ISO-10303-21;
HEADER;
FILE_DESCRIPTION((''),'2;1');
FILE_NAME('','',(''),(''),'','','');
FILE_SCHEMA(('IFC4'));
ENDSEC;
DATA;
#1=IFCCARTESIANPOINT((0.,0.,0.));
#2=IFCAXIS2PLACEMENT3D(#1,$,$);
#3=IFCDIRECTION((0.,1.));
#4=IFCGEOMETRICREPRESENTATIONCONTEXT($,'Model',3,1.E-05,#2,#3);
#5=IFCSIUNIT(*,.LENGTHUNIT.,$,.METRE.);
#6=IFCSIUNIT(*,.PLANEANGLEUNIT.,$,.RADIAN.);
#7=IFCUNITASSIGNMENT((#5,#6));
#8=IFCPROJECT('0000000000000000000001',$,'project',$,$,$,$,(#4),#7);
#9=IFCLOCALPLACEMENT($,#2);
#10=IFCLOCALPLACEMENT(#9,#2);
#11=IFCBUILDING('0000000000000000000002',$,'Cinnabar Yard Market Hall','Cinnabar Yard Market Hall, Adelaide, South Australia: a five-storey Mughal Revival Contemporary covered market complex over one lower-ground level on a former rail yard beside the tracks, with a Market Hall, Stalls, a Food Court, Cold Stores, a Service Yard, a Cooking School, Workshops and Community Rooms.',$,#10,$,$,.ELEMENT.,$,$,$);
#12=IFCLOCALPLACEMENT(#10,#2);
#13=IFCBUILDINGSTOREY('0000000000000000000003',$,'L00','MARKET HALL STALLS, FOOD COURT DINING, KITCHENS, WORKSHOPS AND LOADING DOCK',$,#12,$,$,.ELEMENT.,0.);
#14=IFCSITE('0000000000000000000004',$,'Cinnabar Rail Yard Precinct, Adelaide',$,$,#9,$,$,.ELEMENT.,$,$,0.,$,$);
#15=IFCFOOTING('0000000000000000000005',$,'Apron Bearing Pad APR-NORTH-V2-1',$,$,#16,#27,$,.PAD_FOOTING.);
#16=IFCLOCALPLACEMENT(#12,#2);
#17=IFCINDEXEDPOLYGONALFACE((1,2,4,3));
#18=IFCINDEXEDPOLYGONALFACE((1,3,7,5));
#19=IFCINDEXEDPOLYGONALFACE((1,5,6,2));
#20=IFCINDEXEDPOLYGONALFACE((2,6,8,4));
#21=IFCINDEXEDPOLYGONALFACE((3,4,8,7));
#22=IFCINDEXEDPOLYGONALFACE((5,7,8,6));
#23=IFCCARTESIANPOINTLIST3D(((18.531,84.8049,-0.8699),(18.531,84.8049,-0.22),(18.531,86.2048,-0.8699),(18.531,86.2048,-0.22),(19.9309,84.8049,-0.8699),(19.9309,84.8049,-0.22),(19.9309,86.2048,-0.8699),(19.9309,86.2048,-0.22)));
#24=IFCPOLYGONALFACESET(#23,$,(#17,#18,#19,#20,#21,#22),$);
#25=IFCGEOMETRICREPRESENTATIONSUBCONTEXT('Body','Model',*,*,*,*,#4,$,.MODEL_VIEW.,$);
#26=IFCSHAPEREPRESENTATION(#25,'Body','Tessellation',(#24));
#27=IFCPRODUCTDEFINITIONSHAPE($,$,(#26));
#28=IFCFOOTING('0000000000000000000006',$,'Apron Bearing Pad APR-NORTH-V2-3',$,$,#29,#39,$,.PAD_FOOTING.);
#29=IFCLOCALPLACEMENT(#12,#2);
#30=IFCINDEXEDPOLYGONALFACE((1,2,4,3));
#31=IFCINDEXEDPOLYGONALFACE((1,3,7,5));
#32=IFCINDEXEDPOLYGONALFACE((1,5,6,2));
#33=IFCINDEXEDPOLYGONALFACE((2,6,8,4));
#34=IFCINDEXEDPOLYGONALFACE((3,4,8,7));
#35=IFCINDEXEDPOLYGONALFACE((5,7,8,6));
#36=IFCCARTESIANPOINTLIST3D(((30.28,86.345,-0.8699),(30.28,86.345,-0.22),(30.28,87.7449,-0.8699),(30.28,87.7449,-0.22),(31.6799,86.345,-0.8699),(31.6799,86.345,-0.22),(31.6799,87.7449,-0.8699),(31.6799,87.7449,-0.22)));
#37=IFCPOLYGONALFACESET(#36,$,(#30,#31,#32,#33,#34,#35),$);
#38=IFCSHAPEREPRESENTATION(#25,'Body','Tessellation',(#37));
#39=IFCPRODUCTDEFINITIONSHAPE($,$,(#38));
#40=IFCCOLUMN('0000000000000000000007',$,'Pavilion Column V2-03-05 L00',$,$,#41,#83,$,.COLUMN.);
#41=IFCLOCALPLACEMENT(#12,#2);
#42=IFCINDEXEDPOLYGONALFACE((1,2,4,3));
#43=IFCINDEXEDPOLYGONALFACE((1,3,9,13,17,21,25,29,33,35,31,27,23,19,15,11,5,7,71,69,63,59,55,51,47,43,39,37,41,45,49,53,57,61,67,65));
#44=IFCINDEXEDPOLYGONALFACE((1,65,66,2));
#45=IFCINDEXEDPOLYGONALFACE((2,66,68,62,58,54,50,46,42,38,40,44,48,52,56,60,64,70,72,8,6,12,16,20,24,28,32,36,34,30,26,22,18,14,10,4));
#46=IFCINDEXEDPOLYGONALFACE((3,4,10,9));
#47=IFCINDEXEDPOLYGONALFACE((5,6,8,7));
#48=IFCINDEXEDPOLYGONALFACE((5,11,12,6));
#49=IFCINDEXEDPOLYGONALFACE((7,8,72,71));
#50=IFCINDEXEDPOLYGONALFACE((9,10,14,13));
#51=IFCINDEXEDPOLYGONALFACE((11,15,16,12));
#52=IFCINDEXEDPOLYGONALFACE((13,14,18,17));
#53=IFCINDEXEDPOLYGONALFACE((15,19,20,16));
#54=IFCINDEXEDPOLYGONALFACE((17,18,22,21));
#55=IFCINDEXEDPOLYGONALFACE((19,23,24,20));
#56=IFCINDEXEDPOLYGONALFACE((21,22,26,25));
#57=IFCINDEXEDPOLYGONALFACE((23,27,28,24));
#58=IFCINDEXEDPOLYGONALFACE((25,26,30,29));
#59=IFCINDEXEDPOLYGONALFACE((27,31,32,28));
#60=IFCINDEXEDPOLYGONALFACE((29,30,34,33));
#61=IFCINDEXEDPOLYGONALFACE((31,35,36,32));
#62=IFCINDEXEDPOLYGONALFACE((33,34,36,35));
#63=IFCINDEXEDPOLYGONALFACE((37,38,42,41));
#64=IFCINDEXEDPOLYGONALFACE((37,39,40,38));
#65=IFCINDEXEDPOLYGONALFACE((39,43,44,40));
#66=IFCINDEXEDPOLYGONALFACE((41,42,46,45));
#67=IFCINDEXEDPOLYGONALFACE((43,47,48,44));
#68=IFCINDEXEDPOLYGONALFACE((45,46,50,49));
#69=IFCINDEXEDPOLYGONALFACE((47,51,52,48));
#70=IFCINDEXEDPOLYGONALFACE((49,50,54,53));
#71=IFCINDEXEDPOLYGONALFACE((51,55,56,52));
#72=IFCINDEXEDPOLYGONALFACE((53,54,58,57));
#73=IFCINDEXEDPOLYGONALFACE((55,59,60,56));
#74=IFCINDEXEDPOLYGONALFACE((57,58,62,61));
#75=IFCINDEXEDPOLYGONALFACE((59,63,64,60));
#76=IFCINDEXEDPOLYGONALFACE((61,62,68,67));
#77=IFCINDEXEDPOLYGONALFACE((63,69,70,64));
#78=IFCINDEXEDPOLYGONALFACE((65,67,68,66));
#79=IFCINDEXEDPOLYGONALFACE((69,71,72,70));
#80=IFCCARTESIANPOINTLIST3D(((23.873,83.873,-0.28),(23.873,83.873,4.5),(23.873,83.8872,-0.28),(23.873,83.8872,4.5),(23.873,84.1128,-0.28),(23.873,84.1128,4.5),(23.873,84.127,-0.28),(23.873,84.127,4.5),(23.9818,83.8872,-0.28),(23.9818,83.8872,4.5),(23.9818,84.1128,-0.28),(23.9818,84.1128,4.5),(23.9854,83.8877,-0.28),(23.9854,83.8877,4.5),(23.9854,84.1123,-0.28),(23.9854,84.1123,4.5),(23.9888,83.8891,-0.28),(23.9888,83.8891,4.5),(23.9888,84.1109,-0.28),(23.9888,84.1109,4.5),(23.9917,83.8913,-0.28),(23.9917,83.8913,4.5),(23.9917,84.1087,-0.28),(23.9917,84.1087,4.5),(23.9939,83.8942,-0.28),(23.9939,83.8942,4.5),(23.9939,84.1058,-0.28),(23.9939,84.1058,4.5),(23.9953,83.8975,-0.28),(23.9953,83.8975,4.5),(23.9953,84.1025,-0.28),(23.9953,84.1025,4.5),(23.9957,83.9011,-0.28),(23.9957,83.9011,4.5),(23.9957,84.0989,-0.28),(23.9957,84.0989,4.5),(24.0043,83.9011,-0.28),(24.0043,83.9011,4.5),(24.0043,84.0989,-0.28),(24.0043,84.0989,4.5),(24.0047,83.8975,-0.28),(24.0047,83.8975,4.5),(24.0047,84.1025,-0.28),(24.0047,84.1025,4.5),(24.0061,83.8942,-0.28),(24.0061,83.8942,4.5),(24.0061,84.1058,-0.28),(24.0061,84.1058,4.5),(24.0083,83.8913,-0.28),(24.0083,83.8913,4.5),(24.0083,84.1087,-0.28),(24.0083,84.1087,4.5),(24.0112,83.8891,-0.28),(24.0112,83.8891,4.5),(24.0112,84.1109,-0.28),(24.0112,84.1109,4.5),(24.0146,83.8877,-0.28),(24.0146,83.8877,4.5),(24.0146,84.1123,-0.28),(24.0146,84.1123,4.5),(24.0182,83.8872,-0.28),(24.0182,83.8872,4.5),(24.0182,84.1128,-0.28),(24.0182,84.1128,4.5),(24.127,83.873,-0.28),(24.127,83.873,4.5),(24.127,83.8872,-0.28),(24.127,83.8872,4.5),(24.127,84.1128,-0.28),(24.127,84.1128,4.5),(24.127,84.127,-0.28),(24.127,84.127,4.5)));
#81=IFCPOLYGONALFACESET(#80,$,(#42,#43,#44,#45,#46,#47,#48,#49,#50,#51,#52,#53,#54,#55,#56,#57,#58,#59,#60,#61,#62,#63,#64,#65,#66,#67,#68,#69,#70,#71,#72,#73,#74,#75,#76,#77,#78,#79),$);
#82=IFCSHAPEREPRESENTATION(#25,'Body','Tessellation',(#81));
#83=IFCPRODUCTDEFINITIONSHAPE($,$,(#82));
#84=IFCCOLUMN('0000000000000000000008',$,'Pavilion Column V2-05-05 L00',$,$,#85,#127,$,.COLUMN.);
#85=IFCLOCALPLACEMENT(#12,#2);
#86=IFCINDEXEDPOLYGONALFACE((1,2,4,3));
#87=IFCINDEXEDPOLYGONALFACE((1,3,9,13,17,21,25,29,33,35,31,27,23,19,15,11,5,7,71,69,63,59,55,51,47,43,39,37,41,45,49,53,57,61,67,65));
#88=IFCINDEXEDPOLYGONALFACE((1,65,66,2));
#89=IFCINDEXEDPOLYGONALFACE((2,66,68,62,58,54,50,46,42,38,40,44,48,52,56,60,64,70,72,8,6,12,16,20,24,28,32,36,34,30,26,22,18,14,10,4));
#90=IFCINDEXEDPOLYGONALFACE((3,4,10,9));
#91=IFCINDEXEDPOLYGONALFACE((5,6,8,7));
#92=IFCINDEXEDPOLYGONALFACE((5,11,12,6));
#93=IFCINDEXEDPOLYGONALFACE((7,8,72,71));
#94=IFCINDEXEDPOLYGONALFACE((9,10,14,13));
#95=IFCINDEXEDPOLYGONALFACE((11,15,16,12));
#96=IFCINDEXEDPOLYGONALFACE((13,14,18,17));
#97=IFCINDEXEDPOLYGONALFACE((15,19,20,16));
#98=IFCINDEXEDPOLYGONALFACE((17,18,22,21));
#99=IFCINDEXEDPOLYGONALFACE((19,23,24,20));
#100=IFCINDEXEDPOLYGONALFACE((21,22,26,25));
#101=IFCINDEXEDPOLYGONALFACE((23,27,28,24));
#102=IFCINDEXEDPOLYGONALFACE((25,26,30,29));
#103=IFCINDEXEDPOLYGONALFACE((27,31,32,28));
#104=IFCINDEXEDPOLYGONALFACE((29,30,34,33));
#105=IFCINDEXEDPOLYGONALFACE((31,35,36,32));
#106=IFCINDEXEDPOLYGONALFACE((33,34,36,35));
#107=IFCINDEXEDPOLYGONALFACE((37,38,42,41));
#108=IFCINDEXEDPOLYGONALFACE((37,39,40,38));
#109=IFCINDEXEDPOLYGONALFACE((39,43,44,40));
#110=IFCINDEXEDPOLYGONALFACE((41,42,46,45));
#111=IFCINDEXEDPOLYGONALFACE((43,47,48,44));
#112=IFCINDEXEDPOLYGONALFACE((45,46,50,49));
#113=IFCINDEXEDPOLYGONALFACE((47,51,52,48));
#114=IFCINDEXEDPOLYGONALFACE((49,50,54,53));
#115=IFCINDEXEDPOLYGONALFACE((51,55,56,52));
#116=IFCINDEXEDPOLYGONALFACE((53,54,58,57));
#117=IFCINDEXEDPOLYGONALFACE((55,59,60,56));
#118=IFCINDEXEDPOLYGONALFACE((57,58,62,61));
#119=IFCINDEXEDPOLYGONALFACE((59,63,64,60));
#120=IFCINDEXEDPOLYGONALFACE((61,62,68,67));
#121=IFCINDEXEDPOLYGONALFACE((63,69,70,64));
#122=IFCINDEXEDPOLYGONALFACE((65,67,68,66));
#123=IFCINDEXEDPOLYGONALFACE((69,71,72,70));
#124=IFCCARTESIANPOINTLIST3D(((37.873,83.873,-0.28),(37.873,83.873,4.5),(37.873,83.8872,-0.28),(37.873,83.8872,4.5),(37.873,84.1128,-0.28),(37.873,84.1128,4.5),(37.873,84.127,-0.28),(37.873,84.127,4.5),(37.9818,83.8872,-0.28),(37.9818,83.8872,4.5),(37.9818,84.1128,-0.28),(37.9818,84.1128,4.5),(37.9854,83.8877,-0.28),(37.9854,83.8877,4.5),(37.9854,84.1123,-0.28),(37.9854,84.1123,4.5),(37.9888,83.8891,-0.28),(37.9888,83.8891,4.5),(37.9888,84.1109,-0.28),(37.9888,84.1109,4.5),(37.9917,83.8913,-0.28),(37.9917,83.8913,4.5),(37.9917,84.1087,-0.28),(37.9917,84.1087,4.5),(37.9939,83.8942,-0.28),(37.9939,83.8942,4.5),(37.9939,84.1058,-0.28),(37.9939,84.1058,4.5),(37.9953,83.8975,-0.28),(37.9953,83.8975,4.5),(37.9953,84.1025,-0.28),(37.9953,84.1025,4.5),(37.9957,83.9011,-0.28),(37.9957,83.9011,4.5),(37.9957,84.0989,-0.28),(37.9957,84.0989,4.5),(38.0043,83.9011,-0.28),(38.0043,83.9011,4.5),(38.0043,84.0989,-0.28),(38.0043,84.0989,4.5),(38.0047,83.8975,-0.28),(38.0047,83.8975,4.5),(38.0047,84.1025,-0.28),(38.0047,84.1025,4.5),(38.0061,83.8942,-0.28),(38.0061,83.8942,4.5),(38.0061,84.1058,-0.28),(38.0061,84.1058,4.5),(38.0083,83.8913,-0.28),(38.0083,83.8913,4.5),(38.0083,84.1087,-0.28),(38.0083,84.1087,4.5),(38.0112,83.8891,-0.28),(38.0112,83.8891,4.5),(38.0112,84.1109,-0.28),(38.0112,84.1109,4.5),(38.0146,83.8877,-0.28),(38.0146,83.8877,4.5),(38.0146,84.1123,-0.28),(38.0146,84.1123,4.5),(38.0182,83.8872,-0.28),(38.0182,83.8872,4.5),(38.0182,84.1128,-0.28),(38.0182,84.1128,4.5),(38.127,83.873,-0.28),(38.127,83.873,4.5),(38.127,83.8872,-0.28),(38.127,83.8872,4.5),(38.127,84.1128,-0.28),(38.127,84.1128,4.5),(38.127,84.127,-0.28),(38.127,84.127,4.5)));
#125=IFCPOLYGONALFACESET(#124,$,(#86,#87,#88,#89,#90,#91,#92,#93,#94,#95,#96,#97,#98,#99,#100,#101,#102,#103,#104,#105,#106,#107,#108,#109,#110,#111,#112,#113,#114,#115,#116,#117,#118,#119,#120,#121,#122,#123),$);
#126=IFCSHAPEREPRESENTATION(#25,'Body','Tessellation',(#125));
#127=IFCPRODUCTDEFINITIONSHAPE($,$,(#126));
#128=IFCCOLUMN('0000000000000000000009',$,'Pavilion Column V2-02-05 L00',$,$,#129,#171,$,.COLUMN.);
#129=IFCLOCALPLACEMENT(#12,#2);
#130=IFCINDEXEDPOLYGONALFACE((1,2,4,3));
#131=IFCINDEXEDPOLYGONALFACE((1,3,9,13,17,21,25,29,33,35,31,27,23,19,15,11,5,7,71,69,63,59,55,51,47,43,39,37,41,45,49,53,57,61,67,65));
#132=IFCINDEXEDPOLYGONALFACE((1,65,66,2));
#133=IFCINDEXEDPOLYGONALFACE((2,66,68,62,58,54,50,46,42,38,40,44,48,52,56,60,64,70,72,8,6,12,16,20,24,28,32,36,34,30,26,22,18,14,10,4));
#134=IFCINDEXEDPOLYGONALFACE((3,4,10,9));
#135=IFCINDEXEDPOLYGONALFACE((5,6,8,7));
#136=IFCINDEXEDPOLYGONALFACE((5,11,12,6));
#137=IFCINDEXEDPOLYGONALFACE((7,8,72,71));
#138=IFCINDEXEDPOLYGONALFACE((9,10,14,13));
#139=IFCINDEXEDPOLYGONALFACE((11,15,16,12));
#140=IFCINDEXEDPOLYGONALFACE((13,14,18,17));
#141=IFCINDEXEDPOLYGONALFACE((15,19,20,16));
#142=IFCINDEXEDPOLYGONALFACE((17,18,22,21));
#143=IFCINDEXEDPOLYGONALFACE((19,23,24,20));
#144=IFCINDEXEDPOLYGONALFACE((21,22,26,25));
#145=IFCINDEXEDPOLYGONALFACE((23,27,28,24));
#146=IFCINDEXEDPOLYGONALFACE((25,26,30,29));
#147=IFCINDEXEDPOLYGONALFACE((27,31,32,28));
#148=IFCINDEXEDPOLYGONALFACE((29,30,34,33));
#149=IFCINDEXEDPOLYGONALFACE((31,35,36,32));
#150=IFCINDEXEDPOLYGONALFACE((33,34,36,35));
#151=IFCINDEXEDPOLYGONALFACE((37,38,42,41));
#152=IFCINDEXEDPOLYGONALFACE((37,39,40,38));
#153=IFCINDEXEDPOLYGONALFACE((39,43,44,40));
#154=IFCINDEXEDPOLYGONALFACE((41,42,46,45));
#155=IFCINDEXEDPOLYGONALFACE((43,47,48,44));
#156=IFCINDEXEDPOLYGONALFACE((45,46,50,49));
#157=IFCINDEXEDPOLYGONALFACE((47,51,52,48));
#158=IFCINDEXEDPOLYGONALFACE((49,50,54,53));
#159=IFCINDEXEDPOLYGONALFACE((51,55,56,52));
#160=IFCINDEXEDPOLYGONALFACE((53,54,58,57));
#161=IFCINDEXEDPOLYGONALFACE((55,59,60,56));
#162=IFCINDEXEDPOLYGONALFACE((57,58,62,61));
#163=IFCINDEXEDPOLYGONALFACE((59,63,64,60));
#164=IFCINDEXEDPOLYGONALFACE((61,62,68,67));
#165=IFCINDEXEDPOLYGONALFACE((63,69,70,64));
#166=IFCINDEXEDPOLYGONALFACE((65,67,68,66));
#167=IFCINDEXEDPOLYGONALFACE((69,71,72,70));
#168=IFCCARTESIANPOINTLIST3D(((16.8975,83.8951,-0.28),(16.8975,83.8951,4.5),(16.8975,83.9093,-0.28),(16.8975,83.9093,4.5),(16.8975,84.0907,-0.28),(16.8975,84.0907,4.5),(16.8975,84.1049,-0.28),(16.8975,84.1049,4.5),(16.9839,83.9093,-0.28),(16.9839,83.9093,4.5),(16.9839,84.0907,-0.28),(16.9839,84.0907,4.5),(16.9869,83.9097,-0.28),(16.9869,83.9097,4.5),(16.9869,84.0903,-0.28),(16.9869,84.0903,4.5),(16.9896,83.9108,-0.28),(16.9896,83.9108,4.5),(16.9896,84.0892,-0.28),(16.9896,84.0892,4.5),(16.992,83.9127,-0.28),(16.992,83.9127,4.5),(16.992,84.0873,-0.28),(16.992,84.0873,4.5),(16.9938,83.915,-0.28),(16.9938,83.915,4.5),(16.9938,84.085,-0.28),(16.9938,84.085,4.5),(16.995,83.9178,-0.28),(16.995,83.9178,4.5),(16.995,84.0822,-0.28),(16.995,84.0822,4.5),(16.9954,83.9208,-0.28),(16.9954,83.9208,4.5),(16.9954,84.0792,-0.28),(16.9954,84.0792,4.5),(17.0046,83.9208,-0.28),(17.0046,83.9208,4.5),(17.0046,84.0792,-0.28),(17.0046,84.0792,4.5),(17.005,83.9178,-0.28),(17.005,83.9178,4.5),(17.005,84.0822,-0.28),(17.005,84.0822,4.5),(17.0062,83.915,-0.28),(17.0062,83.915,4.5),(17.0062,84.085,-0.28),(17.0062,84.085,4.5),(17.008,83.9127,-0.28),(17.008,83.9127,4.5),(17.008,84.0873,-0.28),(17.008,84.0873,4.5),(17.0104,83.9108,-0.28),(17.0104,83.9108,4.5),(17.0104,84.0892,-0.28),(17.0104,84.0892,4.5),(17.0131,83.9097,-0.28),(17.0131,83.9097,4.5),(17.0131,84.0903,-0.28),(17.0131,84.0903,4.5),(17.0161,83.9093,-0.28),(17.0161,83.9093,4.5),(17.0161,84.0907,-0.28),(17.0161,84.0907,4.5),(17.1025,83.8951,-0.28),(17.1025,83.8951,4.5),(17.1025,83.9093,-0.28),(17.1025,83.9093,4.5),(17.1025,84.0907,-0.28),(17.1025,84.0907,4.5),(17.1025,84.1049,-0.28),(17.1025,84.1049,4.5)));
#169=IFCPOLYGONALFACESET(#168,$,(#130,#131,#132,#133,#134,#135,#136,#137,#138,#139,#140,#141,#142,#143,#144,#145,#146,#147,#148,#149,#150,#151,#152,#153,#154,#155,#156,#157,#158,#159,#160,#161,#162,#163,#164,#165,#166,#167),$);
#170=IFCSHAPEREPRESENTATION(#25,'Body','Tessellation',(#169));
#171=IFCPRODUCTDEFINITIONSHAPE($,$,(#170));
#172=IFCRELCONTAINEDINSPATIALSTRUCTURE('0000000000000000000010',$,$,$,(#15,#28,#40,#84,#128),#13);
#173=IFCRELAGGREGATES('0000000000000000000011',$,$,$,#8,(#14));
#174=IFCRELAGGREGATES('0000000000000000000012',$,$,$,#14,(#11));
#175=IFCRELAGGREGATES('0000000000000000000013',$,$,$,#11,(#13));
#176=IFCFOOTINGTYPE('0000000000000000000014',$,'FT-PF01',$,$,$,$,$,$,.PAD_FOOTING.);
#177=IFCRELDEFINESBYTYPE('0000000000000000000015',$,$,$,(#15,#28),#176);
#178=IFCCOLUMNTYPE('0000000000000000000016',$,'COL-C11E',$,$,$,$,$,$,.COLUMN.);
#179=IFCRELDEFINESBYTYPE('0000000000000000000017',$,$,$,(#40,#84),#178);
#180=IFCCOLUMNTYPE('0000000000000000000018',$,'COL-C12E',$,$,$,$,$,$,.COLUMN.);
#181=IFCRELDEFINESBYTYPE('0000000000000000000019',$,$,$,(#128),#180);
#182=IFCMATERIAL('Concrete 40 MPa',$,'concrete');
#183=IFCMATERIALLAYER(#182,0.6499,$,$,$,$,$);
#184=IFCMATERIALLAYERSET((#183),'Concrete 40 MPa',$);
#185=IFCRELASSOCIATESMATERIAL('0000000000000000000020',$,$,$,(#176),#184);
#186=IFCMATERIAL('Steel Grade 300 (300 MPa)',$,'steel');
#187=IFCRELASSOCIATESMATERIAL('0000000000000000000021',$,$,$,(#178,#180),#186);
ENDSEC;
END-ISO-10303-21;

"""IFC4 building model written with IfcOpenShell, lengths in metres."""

from ifc_helpers import new_model, si_unit, direction, frame, origin, origin_2d_with_axis, place, context, subcontext, project, spatial, rectangle, i_section, extrude, material, layer, layer_set, material_profile, profile_set, type_object, element, save


model = new_model("IFC4")

# Units and contexts
model_context = context("Model", 3, precision=1e-05, world=origin(), true_north=direction((0.0, 1.0)))
body_context = subcontext(model_context, "Body", "Model", "MODEL_VIEW")
ifc_project = project(units=[si_unit("LENGTHUNIT", "METRE"), si_unit("PLANEANGLEUNIT", "RADIAN")], contexts=[model_context])

# Site, building, storey
site_placement = place(None, origin())
site = spatial("IfcSite", under=ifc_project, at=site_placement, Name="Cinnabar Rail Yard Precinct, Adelaide", CompositionType="ELEMENT", RefElevation=0.0)
building_placement = place(site_placement, origin())
building = spatial("IfcBuilding", under=site, at=building_placement, Name="Cinnabar Yard Market Hall", Description="Cinnabar Yard Market Hall, Adelaide, South Australia: a five-storey Mughal Revival Contemporary covered market complex over one lower-ground level on a former rail yard beside the tracks, with a Market Hall, Stalls, a Food Court, Cold Stores, a Service Yard, a Cooking School, Workshops and Community Rooms.", CompositionType="ELEMENT")
storey_placement = place(building_placement, origin())
storey = spatial("IfcBuildingStorey", under=building, at=storey_placement, Name="L00", Description="MARKET HALL STALLS, FOOD COURT DINING, KITCHENS, WORKSHOPS AND LOADING DOCK", CompositionType="ELEMENT", Elevation=0.0)

# Footings
ifc_material_1 = material(Name="Concrete 40 MPa", Category="concrete")
ifc_layer_1 = layer(ifc_material_1, 0.6499)
ifc_layer_set_1 = layer_set([ifc_layer_1], Name="Concrete 40 MPa")
footing_type = type_object("IfcFootingType", Name="FT-PF01", PredefinedType="PAD_FOOTING", material=ifc_layer_set_1)
for number, where, z_axis, x_axis, name in (
    (1, (19.231, 85.5049, -0.8699), (0.0, 0.0, 1.0), (1.0, 0.0, 0.0), "Apron Bearing Pad APR-NORTH-V2-1"),
    (2, (30.98, 87.0449, -0.8699), (0.0, 0.0, 1.0), (1.0, 0.0, 0.0), "Apron Bearing Pad APR-NORTH-V2-3"),
):
    element("IfcFooting", number, at=place(storey_placement, frame(where, z_axis=z_axis, x_axis=x_axis)), inside=storey, type_object=footing_type, Name=name, PredefinedType="PAD_FOOTING", context=body_context, shape_type="SweptSolid", body=[
        extrude(rectangle(XDim=1.3999, YDim=1.3999, at=origin_2d_with_axis()), origin(), (0.0, 0.0, 1.0), 0.6499),
    ])

# Columns
ifc_material_2 = material(Name="Steel Grade 300 (300 MPa)", Category="steel")
ifc_material_profile_1 = material_profile(ifc_material_2, i_section(OverallWidth=0.2539, OverallDepth=0.2539, WebThickness=0.0085, FlangeThickness=0.0142, FilletRadius=0.0139, at=origin_2d_with_axis()), Name="250UC72.9")
ifc_profile_set_1 = profile_set([ifc_material_profile_1], Name="Steel Grade 300 (300 MPa)")
column_type_1 = type_object("IfcColumnType", Name="COL-C11E", PredefinedType="COLUMN", material=ifc_profile_set_1)
for number, where, z_axis, x_axis, name in (
    (3, (24.0, 84.0, -0.28), (0.0, 0.0, 1.0), (1.0, 0.0, 0.0), "Pavilion Column V2-03-05 L00"),
    (4, (38.0, 84.0, -0.28), (0.0, 0.0, 1.0), (1.0, 0.0, 0.0), "Pavilion Column V2-05-05 L00"),
):
    element("IfcColumn", number, at=place(storey_placement, frame(where, z_axis=z_axis, x_axis=x_axis)), inside=storey, type_object=column_type_1, Name=name, PredefinedType="COLUMN", context=body_context, shape_type="SweptSolid", body=[
        extrude(i_section(OverallWidth=0.2539, OverallDepth=0.2539, WebThickness=0.0085, FlangeThickness=0.0142, FilletRadius=0.0139, at=origin_2d_with_axis()), origin(), (0.0, 0.0, 1.0), 4.78),
    ])
ifc_material_profile_2 = material_profile(ifc_material_2, i_section(OverallWidth=0.2051, OverallDepth=0.2097, WebThickness=0.0093, FlangeThickness=0.0142, FilletRadius=0.0115, at=origin_2d_with_axis()), Name="200UC59.5")
ifc_profile_set_2 = profile_set([ifc_material_profile_2], Name="Steel Grade 300 (300 MPa)")
column_type_2 = type_object("IfcColumnType", Name="COL-C12E", PredefinedType="COLUMN", material=ifc_profile_set_2)
for number, where, z_axis, x_axis, name in (
    (5, (17.0, 84.0, -0.28), (0.0, 0.0, 1.0), (1.0, 0.0, 0.0), "Pavilion Column V2-02-05 L00"),
):
    element("IfcColumn", number, at=place(storey_placement, frame(where, z_axis=z_axis, x_axis=x_axis)), inside=storey, type_object=column_type_2, Name=name, PredefinedType="COLUMN", context=body_context, shape_type="SweptSolid", body=[
        extrude(i_section(OverallWidth=0.2051, OverallDepth=0.2097, WebThickness=0.0093, FlangeThickness=0.0142, FilletRadius=0.0115, at=origin_2d_with_axis()), origin(), (0.0, 0.0, 1.0), 4.78),
    ])

save(model, "model.ifc")
